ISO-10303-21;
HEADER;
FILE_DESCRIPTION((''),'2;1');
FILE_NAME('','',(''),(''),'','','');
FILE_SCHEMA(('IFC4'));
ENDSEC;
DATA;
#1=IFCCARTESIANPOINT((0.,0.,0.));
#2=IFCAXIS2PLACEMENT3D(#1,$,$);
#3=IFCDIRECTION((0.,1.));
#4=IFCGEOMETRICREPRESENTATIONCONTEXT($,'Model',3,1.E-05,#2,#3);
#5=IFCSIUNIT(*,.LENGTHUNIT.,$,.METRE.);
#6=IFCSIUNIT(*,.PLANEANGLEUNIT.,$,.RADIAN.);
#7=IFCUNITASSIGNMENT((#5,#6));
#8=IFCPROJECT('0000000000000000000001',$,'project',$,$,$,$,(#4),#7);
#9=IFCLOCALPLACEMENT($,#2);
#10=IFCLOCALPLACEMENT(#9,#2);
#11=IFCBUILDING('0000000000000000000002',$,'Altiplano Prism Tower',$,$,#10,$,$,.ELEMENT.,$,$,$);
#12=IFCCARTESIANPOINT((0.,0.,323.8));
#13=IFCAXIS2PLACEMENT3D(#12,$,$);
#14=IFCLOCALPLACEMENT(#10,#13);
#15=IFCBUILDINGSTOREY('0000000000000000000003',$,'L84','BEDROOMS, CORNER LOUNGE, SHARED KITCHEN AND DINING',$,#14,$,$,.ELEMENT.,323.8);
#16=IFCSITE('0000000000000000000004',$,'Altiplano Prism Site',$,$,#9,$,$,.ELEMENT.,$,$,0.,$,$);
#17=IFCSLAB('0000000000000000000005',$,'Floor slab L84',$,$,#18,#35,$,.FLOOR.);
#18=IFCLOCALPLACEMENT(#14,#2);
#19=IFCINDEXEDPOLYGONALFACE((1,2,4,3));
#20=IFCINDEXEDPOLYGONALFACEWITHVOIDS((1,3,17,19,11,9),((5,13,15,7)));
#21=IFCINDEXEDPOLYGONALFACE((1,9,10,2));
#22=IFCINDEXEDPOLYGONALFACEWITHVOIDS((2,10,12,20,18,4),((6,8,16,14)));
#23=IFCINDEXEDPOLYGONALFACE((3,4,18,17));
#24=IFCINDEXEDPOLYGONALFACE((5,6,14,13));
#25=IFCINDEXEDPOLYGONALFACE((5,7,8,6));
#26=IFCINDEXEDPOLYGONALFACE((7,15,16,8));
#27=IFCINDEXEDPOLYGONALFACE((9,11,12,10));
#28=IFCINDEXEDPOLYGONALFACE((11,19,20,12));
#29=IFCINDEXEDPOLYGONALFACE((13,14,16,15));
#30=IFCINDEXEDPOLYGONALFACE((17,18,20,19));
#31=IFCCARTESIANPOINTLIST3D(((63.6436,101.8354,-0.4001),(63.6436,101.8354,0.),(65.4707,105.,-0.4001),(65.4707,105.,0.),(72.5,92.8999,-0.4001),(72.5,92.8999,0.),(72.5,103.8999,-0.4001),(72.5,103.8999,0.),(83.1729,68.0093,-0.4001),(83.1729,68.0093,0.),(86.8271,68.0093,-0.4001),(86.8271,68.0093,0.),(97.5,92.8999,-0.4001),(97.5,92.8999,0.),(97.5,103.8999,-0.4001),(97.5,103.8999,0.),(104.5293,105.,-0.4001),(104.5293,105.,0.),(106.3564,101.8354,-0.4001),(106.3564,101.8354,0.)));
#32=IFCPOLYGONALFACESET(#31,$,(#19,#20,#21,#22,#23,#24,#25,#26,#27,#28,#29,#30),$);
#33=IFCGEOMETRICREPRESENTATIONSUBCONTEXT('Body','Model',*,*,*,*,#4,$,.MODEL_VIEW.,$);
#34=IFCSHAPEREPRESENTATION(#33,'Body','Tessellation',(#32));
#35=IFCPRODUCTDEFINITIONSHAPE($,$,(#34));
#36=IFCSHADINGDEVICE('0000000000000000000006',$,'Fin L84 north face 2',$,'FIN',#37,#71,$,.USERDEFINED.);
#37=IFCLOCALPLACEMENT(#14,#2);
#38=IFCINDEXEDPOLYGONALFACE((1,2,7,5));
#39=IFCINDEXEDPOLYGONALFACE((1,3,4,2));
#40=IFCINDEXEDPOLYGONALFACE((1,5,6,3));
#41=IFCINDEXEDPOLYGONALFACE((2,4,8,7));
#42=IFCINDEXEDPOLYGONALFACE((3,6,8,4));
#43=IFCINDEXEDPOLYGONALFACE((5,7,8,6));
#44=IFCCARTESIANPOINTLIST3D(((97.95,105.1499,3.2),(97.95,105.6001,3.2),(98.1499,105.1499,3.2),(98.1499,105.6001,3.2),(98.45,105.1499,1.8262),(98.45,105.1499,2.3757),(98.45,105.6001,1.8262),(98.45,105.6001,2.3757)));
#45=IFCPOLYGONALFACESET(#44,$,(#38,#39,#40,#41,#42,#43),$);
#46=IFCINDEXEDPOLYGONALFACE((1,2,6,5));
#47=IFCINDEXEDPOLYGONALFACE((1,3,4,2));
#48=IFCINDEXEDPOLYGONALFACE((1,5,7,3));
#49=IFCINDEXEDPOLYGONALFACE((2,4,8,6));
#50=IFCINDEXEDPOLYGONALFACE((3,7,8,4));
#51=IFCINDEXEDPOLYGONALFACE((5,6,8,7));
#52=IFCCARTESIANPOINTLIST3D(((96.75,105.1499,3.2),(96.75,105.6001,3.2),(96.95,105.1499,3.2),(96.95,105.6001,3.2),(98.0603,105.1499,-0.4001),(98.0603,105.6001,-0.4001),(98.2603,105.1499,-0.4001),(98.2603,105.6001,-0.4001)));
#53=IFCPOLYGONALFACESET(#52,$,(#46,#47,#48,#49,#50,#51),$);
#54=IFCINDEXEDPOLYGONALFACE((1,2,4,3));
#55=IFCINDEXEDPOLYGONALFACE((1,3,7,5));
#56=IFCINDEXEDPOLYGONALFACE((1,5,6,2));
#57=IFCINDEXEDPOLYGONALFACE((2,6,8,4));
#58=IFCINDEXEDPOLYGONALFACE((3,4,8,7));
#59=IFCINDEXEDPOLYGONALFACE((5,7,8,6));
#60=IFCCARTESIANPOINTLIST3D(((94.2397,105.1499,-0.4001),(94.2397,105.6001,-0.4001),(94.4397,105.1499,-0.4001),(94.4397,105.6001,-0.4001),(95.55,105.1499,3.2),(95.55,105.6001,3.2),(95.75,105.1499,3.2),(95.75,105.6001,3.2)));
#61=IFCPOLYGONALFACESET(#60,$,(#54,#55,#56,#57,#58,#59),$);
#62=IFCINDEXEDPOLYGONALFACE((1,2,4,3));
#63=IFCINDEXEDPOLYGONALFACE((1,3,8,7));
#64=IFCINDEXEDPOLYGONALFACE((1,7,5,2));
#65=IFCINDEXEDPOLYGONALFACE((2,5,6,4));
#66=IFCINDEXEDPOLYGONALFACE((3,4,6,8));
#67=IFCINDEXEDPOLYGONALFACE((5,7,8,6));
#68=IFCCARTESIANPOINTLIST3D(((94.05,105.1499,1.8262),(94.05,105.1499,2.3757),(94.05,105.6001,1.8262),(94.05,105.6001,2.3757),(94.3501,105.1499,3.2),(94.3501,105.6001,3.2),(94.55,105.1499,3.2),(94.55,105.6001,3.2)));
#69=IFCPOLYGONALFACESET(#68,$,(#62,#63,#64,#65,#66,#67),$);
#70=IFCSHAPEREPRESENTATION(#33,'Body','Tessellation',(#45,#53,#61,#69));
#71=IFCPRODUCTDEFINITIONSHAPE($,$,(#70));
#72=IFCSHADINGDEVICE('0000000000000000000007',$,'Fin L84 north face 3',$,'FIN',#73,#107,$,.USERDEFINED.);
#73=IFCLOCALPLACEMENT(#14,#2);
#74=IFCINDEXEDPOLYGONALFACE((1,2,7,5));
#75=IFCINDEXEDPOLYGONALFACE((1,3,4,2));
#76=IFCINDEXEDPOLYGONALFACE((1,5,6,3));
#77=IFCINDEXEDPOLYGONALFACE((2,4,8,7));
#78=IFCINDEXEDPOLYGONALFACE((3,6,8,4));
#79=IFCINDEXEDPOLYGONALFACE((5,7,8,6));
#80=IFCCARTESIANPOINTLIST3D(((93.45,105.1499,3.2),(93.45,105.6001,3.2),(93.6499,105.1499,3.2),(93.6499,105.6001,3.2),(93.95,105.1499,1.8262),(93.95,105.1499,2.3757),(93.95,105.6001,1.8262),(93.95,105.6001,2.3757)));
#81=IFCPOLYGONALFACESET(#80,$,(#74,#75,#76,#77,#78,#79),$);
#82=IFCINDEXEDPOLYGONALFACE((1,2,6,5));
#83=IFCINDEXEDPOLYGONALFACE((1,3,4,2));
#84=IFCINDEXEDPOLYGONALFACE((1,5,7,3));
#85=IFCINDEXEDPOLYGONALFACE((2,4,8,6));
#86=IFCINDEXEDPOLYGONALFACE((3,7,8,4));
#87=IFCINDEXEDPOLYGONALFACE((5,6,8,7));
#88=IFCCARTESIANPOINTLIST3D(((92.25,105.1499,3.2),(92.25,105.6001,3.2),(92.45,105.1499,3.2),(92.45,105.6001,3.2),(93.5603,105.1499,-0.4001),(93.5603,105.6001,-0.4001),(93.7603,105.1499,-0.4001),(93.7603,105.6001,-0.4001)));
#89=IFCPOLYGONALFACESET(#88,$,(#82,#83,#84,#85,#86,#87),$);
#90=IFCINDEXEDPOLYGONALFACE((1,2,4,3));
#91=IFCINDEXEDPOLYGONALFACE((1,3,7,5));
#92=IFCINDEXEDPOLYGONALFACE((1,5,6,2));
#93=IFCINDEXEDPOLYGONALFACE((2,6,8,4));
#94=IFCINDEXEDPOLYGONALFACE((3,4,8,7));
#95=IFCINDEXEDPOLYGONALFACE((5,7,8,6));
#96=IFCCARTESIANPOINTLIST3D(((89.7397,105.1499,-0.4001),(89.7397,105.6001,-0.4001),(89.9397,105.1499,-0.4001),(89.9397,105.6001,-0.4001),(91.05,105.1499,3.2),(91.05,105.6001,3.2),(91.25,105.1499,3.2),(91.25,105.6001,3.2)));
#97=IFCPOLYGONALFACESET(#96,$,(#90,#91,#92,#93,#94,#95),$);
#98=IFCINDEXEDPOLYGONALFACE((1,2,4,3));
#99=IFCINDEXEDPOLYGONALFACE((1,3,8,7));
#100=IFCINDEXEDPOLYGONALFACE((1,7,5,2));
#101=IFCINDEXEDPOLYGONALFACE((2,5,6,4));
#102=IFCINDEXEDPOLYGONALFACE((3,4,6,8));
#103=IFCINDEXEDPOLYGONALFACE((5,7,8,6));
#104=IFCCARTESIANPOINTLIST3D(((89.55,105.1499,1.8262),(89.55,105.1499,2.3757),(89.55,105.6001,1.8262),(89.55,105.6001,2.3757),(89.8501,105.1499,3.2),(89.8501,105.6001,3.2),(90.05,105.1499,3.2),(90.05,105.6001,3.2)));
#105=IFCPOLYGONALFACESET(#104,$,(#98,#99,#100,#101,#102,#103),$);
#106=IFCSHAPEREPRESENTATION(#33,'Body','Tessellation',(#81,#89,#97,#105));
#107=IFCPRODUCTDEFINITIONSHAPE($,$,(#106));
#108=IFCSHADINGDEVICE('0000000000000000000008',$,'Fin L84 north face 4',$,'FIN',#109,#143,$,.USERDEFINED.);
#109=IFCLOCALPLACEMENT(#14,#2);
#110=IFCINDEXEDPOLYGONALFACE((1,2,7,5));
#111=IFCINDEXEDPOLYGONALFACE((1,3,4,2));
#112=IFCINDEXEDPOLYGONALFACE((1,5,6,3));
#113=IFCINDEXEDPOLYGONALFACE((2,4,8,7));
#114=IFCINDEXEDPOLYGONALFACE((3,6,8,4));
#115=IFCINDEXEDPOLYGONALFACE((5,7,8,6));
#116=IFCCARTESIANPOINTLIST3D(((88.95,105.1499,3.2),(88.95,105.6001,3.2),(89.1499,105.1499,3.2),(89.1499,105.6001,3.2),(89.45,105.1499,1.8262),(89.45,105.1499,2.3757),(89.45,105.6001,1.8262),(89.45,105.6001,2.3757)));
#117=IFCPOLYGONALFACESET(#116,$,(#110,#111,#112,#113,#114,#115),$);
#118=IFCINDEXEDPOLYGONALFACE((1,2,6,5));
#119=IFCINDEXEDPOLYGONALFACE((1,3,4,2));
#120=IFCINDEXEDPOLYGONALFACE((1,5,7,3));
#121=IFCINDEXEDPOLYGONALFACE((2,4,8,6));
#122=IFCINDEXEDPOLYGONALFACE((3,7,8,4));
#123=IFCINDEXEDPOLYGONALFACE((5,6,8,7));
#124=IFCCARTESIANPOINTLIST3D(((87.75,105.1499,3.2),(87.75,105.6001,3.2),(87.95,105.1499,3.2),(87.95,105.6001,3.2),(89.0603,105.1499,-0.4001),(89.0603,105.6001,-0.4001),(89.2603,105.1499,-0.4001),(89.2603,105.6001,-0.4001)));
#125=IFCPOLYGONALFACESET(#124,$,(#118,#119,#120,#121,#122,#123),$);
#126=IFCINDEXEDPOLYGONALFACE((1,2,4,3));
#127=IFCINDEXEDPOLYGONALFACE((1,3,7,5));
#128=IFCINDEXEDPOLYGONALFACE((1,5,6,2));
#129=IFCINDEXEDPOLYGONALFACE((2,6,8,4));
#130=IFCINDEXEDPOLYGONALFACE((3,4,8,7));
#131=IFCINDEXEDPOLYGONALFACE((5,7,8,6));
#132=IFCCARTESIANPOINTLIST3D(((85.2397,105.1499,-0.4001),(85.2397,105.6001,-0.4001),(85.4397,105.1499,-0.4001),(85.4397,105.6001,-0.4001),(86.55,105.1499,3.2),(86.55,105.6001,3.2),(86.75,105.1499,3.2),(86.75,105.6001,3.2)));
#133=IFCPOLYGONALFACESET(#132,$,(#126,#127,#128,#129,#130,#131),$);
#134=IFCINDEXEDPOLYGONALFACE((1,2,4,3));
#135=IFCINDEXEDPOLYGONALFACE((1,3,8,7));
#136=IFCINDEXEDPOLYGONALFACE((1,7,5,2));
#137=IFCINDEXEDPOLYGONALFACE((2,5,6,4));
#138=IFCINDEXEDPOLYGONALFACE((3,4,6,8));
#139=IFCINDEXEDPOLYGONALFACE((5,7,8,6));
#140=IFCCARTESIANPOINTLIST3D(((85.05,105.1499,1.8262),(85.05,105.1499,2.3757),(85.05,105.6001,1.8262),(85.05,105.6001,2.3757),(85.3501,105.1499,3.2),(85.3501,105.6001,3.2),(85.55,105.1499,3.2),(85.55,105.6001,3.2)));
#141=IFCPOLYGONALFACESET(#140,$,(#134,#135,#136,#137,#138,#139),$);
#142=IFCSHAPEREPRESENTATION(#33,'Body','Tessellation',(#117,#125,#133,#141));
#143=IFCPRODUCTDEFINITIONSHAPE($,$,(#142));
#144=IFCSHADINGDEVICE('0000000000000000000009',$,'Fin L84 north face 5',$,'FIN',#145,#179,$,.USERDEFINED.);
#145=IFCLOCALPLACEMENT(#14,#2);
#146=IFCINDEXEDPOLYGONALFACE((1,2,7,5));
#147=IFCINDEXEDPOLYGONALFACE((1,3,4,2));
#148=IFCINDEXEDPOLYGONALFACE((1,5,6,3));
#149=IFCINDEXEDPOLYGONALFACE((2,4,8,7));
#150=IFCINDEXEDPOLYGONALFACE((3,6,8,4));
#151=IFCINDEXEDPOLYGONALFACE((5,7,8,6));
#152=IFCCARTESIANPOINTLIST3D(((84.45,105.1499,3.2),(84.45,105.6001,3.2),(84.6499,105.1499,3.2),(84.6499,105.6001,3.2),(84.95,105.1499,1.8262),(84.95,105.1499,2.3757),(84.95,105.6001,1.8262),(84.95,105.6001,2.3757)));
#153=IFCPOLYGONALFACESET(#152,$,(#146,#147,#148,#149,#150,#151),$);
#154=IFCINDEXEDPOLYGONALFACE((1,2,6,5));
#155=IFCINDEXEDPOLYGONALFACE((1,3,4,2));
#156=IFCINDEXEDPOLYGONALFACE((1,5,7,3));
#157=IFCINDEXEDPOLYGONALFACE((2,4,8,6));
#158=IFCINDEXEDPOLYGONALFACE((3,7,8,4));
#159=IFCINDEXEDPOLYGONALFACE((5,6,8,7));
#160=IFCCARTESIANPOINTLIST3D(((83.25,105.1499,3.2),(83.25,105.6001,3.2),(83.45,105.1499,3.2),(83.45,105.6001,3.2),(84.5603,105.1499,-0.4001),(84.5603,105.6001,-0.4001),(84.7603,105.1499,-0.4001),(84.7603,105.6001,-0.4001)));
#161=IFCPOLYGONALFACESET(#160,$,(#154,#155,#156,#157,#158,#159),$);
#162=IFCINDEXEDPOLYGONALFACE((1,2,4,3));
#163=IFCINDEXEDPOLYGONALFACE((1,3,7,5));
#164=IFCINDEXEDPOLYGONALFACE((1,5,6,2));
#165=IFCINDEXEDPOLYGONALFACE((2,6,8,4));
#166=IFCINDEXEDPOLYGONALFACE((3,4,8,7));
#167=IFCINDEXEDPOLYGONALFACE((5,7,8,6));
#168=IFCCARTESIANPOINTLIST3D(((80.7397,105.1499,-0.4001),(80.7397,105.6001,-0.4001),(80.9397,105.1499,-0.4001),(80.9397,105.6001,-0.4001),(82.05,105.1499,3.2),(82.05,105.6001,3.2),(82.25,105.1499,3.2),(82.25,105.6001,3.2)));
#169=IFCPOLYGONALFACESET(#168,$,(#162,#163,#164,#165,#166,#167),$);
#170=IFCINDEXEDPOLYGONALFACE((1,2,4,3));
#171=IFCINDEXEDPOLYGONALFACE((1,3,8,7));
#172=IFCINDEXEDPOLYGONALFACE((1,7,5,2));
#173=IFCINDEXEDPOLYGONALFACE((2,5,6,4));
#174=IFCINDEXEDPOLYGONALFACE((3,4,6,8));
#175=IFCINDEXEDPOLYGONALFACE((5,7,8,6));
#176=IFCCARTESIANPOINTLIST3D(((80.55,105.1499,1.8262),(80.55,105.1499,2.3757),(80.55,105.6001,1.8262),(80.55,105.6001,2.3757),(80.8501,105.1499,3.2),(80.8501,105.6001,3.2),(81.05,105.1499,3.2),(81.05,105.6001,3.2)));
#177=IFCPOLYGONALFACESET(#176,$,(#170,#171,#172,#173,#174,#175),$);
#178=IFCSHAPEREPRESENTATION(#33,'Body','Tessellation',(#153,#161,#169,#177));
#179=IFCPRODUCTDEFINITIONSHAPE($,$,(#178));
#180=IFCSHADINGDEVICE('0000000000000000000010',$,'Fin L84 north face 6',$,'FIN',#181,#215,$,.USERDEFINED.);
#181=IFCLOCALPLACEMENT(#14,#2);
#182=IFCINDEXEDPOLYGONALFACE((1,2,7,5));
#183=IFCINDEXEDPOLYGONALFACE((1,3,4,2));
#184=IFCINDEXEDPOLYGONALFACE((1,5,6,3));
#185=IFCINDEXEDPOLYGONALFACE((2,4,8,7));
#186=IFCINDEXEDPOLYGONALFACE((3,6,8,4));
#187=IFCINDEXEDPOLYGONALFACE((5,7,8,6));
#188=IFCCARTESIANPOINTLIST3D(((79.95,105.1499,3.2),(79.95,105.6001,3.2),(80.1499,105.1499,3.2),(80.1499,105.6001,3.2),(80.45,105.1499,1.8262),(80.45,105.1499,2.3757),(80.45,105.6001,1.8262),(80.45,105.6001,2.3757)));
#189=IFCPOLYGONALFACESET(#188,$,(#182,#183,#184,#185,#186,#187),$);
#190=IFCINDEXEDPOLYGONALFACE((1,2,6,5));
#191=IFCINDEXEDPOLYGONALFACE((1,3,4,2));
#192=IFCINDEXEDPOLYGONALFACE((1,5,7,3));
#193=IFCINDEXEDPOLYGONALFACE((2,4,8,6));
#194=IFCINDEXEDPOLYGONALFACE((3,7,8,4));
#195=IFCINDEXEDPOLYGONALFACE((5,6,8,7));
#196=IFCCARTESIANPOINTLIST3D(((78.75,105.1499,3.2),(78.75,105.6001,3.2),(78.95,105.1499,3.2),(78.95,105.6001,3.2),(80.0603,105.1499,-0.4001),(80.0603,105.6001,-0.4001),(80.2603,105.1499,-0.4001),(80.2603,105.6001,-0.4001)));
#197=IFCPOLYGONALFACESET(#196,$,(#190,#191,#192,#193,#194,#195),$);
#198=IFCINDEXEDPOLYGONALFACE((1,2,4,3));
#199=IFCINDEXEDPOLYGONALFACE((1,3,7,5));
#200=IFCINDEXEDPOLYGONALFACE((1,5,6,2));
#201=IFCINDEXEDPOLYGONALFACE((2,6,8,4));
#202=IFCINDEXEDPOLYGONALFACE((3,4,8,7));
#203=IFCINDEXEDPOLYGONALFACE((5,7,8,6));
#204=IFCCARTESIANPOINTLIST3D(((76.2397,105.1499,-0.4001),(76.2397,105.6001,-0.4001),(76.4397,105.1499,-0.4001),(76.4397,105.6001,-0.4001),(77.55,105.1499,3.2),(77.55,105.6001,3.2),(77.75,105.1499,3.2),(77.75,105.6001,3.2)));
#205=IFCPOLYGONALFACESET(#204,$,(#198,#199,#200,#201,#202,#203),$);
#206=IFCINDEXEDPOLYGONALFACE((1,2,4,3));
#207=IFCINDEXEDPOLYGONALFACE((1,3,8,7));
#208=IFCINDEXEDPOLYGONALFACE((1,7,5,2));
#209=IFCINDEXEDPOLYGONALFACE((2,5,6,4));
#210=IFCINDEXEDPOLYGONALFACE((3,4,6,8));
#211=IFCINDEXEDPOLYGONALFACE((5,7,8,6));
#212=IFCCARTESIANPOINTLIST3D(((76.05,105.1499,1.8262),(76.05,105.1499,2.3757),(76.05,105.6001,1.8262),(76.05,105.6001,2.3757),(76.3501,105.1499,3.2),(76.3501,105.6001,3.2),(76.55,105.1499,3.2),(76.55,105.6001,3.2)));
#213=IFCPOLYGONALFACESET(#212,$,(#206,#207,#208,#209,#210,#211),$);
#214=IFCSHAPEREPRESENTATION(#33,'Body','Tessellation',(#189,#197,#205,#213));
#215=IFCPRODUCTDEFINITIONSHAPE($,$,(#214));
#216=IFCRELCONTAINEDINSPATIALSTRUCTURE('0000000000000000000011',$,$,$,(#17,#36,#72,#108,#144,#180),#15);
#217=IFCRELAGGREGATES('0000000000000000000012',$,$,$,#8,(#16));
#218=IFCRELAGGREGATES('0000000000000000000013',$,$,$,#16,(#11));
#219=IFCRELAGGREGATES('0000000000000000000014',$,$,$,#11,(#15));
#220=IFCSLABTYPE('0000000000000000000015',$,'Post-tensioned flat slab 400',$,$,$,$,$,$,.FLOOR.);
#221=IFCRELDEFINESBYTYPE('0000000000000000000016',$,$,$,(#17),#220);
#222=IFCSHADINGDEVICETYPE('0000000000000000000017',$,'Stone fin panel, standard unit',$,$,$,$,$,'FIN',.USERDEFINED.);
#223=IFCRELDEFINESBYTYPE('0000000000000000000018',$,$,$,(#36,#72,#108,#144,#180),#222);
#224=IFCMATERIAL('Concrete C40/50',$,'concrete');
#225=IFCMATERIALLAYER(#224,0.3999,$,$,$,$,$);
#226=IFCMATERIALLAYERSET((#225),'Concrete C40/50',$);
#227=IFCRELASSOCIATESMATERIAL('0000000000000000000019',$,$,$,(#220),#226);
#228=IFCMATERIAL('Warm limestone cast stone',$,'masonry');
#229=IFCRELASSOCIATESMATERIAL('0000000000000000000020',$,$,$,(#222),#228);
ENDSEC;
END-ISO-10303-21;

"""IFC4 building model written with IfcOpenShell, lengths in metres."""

from ifc_helpers import new_model, si_unit, direction, frame, origin, place, context, subcontext, project, spatial, polyline, outline, extrude, source, transform, mapped, material, layer, layer_set, type_object, element, save


model = new_model("IFC4")

# Units and contexts
model_context = context("Model", 3, precision=1e-05, world=origin(), true_north=direction((0.0, 1.0)))
body_context = subcontext(model_context, "Body", "Model", "MODEL_VIEW")
ifc_project = project(units=[si_unit("LENGTHUNIT", "METRE"), si_unit("PLANEANGLEUNIT", "RADIAN")], contexts=[model_context])

# Site, building, storey
site_placement = place(None, origin())
site = spatial("IfcSite", under=ifc_project, at=site_placement, Name="Altiplano Prism Site", CompositionType="ELEMENT", RefElevation=0.0)
building_placement = place(site_placement, origin())
building = spatial("IfcBuilding", under=site, at=building_placement, Name="Altiplano Prism Tower", CompositionType="ELEMENT")
storey_placement = place(building_placement, frame((0.0, 0.0, 323.8)))
storey = spatial("IfcBuildingStorey", under=building, at=storey_placement, Name="L84", Description="BEDROOMS, CORNER LOUNGE, SHARED KITCHEN AND DINING", CompositionType="ELEMENT", Elevation=323.8)

# Slab
ifc_material_1 = material(Name="Concrete C40/50", Category="concrete")
ifc_layer = layer(ifc_material_1, 0.3999)
ifc_layer_set = layer_set([ifc_layer], Name="Concrete C40/50")
slab_type = type_object("IfcSlabType", Name="Post-tensioned flat slab 400", PredefinedType="FLOOR", material=ifc_layer_set)
slab_placement = place(storey_placement, frame((0.0, 0.0, -0.4001)))
element("IfcSlab", 1, at=slab_placement, inside=storey, type_object=slab_type, Name="Floor slab L84", PredefinedType="FLOOR", context=body_context, shape_type="SweptSolid", body=[
    extrude(outline(polyline([(106.3564, 101.8354), (86.8271, 68.0093), (83.1729, 68.0093), (63.6436, 101.8354), (65.4707, 105.0), (104.5293, 105.0), (106.3564, 101.8354)]), holes=[polyline([(97.5, 92.8999), (97.5, 103.8999), (72.5, 103.8999), (72.5, 92.8999), (97.5, 92.8999)])]), origin(), (0.0, 0.0, 1.0), 0.4001),
])

# Shading devices
ifc_material_2 = material(Name="Warm limestone cast stone", Category="masonry")
shading_device_type_1 = type_object("IfcShadingDeviceType", Name="Stone fin panel, standard unit", ElementType="FIN", PredefinedType="USERDEFINED", material=ifc_material_2)
shared_shape_1 = source(origin(), body_context, "Body", "SweptSolid", [
    extrude(outline(polyline([(-2.2, 2.2263), (-1.7, 3.6001), (-1.8999, 3.6001), (-2.2, 2.7759), (-2.2, 2.2263)])), frame((0.0, -0.1499, 0.0), z_axis=(0.0, -1.0, 0.0), x_axis=(1.0, 0.0, 0.0)), (0.0, 0.0, 1.0), 0.4502),
    extrude(outline(polyline([(-2.0103, 0.0), (-1.8103, 0.0), (-0.5, 3.6001), (-0.7, 3.6001), (-2.0103, 0.0)])), frame((0.0, -0.1499, 0.0), z_axis=(0.0, -1.0, 0.0), x_axis=(1.0, 0.0, 0.0)), (0.0, 0.0, 1.0), 0.4502),
    extrude(outline(polyline([(1.8103, 0.0), (2.0103, 0.0), (0.7, 3.6001), (0.5, 3.6001), (1.8103, 0.0)])), frame((0.0, -0.1499, 0.0), z_axis=(0.0, -1.0, 0.0), x_axis=(1.0, 0.0, 0.0)), (0.0, 0.0, 1.0), 0.4502),
    extrude(outline(polyline([(2.2, 2.7759), (1.8999, 3.6001), (1.7, 3.6001), (2.2, 2.2263), (2.2, 2.7759)])), frame((0.0, -0.1499, 0.0), z_axis=(0.0, -1.0, 0.0), x_axis=(1.0, 0.0, 0.0)), (0.0, 0.0, 1.0), 0.4502),
])
shading_device_1_placement = place(storey_placement, origin())
element("IfcShadingDevice", 2, at=shading_device_1_placement, inside=storey, type_object=shading_device_type_1, Name="Fin L84 north face 2", ObjectType="FIN", PredefinedType="USERDEFINED", context=body_context, shape_type="MappedRepresentation", body=[
    mapped(shared_shape_1, transform((96.25, 105.0, -0.4001), x_axis=(-1.0, 0.0, 0.0), y_axis=(0.0, -1.0, 0.0), z_axis=(0.0, 0.0, 1.0))),
])
shading_device_2_placement = place(storey_placement, origin())
element("IfcShadingDevice", 3, at=shading_device_2_placement, inside=storey, type_object=shading_device_type_1, Name="Fin L84 north face 3", ObjectType="FIN", PredefinedType="USERDEFINED", context=body_context, shape_type="MappedRepresentation", body=[
    mapped(shared_shape_1, transform((91.75, 105.0, -0.4001), x_axis=(-1.0, 0.0, 0.0), y_axis=(0.0, -1.0, 0.0), z_axis=(0.0, 0.0, 1.0))),
])
shading_device_3_placement = place(storey_placement, origin())
element("IfcShadingDevice", 4, at=shading_device_3_placement, inside=storey, type_object=shading_device_type_1, Name="Fin L84 north face 4", ObjectType="FIN", PredefinedType="USERDEFINED", context=body_context, shape_type="MappedRepresentation", body=[
    mapped(shared_shape_1, transform((87.25, 105.0, -0.4001), x_axis=(-1.0, 0.0, 0.0), y_axis=(0.0, -1.0, 0.0), z_axis=(0.0, 0.0, 1.0))),
])
shading_device_4_placement = place(storey_placement, origin())
element("IfcShadingDevice", 5, at=shading_device_4_placement, inside=storey, type_object=shading_device_type_1, Name="Fin L84 north face 5", ObjectType="FIN", PredefinedType="USERDEFINED", context=body_context, shape_type="MappedRepresentation", body=[
    mapped(shared_shape_1, transform((82.75, 105.0, -0.4001), x_axis=(-1.0, 0.0, 0.0), y_axis=(0.0, -1.0, 0.0), z_axis=(0.0, 0.0, 1.0))),
])
shading_device_5_placement = place(storey_placement, origin())
element("IfcShadingDevice", 6, at=shading_device_5_placement, inside=storey, type_object=shading_device_type_1, Name="Fin L84 north face 6", ObjectType="FIN", PredefinedType="USERDEFINED", context=body_context, shape_type="MappedRepresentation", body=[
    mapped(shared_shape_1, transform((78.25, 105.0, -0.4001), x_axis=(-1.0, 0.0, 0.0), y_axis=(0.0, -1.0, 0.0), z_axis=(0.0, 0.0, 1.0))),
])

save(model, "model.ifc")
